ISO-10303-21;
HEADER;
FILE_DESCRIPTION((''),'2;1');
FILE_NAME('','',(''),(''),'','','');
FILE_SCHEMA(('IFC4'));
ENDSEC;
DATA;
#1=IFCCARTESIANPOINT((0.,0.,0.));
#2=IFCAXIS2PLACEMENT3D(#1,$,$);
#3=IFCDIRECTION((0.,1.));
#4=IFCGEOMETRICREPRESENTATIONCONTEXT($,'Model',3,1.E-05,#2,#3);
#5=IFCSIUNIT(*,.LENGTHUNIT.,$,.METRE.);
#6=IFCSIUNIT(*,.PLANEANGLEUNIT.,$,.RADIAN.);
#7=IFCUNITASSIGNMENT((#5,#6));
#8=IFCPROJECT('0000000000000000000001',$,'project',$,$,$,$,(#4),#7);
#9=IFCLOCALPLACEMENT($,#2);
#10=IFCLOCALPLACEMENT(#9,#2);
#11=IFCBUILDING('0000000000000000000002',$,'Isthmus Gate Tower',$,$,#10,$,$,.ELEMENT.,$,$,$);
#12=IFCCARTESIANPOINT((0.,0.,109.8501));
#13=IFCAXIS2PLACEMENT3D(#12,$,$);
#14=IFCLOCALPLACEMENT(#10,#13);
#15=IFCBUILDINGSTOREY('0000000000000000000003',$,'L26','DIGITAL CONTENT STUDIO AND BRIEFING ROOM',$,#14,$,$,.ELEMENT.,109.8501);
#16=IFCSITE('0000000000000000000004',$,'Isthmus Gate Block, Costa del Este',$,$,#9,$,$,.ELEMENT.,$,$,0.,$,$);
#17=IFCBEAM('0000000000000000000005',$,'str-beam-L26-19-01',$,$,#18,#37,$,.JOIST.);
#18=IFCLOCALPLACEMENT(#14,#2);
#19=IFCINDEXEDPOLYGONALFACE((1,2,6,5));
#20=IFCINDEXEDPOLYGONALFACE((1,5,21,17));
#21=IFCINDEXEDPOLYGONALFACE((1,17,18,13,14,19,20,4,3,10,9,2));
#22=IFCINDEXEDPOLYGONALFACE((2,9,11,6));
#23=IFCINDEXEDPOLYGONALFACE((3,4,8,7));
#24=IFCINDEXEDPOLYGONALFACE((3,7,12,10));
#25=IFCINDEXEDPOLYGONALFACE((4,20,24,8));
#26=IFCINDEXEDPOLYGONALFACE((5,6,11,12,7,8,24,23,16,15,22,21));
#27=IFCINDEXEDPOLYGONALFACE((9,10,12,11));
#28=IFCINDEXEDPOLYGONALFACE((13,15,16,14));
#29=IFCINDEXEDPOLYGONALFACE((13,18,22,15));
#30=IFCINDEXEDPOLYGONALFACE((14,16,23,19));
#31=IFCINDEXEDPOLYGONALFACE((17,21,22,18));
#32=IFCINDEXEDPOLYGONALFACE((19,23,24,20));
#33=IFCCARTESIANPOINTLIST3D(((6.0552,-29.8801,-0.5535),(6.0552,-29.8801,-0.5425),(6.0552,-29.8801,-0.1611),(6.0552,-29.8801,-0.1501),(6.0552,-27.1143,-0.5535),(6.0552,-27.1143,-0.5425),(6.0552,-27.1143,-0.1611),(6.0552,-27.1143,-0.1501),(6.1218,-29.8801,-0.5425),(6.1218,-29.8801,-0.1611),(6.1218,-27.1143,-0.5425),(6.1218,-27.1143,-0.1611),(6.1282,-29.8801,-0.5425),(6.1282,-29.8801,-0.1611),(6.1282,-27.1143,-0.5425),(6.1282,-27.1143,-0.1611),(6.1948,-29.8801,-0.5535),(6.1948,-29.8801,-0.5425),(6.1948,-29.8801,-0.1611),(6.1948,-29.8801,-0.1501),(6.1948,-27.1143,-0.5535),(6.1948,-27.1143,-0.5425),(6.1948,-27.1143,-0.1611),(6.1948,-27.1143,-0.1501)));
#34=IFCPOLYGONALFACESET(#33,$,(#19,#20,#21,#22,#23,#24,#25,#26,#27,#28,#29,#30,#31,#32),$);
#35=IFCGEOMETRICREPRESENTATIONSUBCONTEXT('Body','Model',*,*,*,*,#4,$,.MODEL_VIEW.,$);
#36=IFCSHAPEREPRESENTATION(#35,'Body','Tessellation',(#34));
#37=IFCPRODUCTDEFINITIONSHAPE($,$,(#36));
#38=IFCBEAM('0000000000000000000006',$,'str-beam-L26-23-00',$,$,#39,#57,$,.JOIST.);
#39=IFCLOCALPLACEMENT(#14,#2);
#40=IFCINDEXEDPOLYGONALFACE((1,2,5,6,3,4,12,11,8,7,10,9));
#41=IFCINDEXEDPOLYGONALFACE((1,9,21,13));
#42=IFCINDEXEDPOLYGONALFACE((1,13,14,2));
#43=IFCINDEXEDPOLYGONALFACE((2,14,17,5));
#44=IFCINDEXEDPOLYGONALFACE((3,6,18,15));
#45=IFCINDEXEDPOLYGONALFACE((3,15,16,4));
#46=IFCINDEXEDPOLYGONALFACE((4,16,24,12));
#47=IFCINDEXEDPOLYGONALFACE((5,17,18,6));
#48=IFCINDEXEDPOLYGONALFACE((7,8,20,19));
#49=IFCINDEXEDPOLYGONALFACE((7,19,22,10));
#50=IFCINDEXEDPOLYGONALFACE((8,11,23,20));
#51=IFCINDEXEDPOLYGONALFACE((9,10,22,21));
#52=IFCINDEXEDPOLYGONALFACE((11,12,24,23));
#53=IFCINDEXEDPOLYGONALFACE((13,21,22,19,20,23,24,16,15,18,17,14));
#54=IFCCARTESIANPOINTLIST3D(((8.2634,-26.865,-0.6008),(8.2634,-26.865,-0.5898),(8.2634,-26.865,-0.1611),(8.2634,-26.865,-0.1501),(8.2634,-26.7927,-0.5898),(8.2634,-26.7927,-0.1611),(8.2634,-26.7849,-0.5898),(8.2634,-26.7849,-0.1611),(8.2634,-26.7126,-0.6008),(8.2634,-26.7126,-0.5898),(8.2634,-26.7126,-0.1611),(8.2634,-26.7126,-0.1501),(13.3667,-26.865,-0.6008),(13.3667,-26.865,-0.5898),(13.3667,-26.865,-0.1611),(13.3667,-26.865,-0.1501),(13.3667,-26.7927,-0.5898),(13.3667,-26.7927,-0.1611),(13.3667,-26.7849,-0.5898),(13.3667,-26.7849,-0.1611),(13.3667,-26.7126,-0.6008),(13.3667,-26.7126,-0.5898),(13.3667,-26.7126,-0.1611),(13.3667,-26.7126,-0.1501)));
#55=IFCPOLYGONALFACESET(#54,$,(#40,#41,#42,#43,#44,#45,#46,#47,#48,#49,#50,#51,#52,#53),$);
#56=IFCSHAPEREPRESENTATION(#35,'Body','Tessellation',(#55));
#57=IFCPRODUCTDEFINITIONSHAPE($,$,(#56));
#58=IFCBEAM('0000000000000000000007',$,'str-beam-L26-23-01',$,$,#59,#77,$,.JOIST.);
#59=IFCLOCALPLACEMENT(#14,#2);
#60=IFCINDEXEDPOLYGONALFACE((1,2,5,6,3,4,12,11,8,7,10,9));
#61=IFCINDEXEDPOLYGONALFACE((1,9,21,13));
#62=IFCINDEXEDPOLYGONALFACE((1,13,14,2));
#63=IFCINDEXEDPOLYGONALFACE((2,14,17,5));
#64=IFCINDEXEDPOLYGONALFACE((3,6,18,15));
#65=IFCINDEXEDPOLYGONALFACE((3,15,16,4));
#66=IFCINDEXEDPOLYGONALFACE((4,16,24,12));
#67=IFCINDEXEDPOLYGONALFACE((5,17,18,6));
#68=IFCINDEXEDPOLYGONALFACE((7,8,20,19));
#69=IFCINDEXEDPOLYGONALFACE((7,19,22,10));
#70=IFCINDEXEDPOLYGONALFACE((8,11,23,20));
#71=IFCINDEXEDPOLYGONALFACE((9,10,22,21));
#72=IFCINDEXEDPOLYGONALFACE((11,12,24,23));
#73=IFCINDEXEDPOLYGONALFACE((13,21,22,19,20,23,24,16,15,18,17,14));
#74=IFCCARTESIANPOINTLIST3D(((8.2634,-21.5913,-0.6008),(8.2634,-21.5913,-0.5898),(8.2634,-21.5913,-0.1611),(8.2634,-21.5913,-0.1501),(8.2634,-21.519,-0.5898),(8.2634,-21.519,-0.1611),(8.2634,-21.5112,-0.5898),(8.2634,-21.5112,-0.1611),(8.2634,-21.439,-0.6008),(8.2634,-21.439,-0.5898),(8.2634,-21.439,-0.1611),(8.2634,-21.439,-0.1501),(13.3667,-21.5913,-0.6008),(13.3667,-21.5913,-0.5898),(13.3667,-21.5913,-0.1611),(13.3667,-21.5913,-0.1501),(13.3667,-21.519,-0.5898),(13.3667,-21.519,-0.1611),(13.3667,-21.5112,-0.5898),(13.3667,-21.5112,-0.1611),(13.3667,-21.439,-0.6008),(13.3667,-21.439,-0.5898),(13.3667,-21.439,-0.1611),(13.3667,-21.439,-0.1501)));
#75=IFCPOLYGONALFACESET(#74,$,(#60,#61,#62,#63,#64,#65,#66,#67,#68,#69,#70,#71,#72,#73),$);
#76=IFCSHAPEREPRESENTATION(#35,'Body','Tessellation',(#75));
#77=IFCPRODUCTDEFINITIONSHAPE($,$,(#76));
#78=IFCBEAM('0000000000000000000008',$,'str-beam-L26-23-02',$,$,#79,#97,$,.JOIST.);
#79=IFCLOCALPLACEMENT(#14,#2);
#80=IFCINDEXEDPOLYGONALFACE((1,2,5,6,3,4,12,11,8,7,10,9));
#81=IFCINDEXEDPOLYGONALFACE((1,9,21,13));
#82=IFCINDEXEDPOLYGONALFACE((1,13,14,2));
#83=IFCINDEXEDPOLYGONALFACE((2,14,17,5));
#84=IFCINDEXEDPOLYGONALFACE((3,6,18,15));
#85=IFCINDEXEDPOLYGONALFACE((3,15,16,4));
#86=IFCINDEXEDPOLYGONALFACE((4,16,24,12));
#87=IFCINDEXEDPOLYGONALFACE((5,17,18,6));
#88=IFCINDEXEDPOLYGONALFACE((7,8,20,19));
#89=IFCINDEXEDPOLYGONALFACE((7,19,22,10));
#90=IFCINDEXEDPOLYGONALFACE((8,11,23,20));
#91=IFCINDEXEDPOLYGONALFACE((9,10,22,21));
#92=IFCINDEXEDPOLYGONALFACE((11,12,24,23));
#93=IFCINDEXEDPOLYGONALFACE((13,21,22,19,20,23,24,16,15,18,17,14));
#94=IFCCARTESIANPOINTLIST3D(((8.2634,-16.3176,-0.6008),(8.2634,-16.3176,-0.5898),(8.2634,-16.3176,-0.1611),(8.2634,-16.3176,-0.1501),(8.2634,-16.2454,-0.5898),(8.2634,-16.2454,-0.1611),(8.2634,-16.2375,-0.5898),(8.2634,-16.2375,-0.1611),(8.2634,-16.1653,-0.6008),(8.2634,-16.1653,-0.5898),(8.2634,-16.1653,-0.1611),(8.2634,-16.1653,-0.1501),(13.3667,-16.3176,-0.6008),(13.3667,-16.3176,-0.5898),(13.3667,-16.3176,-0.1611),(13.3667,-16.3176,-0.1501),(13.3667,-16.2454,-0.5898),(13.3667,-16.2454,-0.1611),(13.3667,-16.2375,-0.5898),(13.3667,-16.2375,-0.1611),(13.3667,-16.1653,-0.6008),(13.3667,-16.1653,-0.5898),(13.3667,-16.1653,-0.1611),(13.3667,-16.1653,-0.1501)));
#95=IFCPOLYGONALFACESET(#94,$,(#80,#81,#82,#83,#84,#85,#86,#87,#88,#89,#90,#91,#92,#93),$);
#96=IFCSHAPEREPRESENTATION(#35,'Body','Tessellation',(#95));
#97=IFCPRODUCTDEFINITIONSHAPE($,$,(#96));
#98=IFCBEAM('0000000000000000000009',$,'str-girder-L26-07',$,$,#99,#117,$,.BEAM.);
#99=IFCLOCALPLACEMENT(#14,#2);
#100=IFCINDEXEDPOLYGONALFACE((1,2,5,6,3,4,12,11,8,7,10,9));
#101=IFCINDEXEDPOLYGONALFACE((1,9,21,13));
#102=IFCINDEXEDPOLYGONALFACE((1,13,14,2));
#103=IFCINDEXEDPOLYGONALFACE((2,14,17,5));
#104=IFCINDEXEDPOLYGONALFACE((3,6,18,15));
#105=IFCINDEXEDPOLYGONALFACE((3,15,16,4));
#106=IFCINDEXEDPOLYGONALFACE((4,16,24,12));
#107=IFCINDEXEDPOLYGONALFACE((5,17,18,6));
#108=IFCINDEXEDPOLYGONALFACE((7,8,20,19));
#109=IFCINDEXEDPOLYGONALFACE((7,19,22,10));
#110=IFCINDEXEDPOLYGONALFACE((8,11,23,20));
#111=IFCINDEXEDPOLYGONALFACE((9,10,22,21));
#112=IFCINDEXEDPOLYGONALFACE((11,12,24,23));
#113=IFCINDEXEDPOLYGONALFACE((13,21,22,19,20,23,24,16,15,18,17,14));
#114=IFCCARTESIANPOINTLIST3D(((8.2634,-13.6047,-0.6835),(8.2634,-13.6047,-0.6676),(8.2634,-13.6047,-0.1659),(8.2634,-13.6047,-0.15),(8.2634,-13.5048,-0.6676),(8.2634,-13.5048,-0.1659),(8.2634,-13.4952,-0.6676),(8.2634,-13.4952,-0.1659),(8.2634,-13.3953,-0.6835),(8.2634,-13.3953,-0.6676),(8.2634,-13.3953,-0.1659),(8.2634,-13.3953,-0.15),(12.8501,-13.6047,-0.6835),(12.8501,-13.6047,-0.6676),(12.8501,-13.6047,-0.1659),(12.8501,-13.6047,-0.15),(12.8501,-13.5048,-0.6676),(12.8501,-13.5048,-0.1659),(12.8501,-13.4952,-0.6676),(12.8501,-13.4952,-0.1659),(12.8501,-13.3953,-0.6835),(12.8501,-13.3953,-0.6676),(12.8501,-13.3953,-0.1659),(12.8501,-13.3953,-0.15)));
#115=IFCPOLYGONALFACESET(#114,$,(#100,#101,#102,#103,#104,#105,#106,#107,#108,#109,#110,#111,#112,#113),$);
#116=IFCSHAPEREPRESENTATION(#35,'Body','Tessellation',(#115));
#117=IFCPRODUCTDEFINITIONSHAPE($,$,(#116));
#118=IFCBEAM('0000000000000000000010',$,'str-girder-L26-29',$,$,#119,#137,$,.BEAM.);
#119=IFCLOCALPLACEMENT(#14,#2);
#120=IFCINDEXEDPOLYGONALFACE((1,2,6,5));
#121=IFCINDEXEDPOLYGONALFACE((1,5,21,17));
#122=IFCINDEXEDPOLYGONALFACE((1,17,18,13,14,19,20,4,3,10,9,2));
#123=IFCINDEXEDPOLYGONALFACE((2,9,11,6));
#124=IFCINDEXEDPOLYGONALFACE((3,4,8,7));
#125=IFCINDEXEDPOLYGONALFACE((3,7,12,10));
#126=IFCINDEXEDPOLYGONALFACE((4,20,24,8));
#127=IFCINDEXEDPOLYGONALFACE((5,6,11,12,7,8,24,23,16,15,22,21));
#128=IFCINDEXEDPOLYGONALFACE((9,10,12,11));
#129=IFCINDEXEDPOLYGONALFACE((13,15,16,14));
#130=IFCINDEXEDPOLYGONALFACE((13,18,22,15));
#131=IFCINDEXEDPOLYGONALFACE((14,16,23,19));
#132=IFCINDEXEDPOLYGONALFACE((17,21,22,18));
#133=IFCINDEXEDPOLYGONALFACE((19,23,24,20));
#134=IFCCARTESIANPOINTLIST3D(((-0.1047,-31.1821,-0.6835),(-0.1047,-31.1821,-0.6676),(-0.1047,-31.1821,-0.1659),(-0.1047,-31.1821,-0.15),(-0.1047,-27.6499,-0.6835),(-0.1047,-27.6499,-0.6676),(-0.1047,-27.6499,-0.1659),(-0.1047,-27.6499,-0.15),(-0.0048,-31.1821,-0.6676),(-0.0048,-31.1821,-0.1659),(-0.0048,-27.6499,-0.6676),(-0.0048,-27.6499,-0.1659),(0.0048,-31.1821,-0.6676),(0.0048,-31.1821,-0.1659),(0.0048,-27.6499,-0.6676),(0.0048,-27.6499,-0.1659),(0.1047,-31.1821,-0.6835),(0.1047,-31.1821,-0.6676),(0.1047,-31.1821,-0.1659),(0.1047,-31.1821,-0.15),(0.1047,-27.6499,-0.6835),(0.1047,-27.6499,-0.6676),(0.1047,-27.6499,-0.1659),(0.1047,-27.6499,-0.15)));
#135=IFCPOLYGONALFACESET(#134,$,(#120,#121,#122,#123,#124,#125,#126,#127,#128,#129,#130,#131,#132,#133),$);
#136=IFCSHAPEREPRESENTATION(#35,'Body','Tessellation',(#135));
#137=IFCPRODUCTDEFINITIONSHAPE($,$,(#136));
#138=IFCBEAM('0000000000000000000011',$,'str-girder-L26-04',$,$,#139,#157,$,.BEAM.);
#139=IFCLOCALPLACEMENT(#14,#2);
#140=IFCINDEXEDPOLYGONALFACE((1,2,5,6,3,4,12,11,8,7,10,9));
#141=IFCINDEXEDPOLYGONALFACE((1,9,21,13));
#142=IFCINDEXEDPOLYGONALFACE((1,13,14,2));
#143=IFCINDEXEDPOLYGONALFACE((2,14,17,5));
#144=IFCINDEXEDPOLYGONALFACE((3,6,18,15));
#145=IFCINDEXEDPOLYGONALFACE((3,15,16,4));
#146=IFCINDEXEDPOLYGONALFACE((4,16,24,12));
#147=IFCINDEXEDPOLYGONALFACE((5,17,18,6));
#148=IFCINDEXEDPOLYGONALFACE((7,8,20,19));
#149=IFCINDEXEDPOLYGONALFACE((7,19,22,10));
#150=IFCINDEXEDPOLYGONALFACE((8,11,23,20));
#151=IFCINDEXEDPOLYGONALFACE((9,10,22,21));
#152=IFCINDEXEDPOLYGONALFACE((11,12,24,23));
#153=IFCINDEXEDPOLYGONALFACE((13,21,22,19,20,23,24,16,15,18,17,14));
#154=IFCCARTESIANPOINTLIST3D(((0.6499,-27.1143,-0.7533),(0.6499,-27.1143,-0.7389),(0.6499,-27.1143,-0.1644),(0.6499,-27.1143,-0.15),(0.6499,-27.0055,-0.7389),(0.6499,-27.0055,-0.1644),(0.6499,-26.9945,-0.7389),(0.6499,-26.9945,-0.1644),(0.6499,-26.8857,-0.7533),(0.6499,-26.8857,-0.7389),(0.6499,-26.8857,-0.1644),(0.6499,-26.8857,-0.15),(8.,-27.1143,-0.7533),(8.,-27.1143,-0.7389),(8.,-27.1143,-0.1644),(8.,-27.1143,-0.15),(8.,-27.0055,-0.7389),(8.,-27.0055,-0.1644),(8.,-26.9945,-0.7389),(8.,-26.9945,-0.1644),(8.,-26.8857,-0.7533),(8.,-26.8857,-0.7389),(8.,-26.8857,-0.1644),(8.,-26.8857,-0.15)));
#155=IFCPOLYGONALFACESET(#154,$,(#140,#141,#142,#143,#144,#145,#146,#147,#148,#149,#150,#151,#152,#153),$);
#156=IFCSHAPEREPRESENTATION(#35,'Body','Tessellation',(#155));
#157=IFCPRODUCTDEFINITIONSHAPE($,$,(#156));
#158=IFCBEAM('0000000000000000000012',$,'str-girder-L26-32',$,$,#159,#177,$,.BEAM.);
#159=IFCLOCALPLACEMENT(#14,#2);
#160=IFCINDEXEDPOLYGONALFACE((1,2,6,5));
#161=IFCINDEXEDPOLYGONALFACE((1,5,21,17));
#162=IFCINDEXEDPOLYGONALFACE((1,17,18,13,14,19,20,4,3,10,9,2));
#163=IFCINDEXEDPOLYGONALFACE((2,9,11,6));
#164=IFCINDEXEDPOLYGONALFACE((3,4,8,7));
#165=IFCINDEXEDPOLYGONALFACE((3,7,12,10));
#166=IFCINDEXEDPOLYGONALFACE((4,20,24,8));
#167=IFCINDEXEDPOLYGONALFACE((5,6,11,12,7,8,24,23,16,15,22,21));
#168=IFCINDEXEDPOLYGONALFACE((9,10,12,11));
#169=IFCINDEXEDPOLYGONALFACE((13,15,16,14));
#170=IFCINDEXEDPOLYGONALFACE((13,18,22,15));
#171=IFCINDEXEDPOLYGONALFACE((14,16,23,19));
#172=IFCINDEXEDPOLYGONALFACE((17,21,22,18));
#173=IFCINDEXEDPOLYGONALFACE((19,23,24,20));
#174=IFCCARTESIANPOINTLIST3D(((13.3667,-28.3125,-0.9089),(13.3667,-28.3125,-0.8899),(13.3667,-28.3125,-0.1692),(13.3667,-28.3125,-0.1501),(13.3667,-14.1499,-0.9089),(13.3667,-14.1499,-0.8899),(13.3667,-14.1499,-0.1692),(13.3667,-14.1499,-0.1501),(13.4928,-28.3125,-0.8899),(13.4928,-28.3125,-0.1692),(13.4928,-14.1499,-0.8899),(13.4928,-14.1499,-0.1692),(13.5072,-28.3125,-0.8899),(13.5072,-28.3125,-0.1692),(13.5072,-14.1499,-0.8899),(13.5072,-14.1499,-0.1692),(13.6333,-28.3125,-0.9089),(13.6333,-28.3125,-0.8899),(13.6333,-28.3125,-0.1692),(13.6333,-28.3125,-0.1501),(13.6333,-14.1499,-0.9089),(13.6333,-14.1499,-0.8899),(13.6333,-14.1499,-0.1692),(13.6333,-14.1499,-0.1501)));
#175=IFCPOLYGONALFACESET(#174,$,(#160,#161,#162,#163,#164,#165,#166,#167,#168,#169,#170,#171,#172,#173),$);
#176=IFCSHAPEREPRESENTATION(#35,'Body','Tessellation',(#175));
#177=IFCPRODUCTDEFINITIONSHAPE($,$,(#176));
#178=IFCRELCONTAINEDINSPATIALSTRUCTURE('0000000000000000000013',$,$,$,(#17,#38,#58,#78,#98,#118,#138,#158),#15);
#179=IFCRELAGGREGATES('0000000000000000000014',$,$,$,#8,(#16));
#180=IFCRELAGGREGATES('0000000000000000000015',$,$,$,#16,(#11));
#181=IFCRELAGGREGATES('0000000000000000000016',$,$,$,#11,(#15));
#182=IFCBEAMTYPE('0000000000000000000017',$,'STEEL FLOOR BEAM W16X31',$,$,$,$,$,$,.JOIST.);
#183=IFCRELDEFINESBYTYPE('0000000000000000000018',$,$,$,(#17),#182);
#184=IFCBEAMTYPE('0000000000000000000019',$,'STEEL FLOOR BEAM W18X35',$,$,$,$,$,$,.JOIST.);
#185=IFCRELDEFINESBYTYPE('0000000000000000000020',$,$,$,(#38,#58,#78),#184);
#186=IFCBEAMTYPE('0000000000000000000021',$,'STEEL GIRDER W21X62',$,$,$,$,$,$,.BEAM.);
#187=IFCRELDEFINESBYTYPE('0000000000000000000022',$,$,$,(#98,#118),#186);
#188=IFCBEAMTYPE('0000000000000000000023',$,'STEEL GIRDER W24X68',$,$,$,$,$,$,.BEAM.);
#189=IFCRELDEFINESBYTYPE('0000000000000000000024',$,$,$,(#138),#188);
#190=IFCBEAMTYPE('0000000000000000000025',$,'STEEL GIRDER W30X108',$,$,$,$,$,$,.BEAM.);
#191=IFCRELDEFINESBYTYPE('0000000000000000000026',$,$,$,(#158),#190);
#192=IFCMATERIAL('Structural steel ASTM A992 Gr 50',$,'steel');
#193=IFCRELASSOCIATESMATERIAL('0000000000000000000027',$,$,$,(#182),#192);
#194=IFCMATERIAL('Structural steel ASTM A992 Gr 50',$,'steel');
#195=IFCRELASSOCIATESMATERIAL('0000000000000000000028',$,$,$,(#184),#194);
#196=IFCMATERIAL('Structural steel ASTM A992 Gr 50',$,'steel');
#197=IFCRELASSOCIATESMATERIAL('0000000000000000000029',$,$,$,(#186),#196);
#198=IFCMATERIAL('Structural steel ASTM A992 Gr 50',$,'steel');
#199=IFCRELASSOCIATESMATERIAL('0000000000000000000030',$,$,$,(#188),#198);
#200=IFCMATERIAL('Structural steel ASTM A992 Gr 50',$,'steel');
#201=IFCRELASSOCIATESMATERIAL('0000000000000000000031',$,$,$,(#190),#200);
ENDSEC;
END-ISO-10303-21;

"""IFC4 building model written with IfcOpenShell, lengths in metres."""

from ifc_helpers import new_model, si_unit, direction, frame, origin, origin_2d, place, context, subcontext, project, spatial, i_section, extrude, material, material_profile, profile_set, type_object, element, save


model = new_model("IFC4")

# Units and contexts
model_context = context("Model", 3, precision=1e-05, world=origin(), true_north=direction((0.0, 1.0)))
body_context = subcontext(model_context, "Body", "Model", "MODEL_VIEW")
ifc_project = project(units=[si_unit("LENGTHUNIT", "METRE"), si_unit("PLANEANGLEUNIT", "RADIAN")], contexts=[model_context])

# Site, building, storey
site_placement = place(None, origin())
site = spatial("IfcSite", under=ifc_project, at=site_placement, Name="Isthmus Gate Block, Costa del Este", CompositionType="ELEMENT", RefElevation=0.0)
building_placement = place(site_placement, origin())
building = spatial("IfcBuilding", under=site, at=building_placement, Name="Isthmus Gate Tower", CompositionType="ELEMENT")
storey_placement = place(building_placement, frame((0.0, 0.0, 109.8501)))
storey = spatial("IfcBuildingStorey", under=building, at=storey_placement, Name="L26", Description="DIGITAL CONTENT STUDIO AND BRIEFING ROOM", CompositionType="ELEMENT", Elevation=109.8501)

# Beams
ifc_material_1 = material(Name="Structural steel ASTM A992 Gr 50", Category="steel")
ifc_material_profile_1 = material_profile(ifc_material_1, i_section(OverallWidth=0.1396, OverallDepth=0.4033, WebThickness=0.0063, FlangeThickness=0.011, at=origin_2d()), Name="W16X31")
ifc_profile_set_1 = profile_set([ifc_material_profile_1], Name="Structural steel ASTM A992 Gr 50")
beam_type_1 = type_object("IfcBeamType", Name="STEEL FLOOR BEAM W16X31", PredefinedType="JOIST", material=ifc_profile_set_1)
beam_1_placement = place(storey_placement, frame((6.125, -29.8801, -0.3518), z_axis=(0.0, 1.0, 0.0), x_axis=(-1.0, 0.0, 0.0)))
element("IfcBeam", 1, at=beam_1_placement, inside=storey, type_object=beam_type_1, Name="str-beam-L26-19-01", PredefinedType="JOIST", context=body_context, shape_type="SweptSolid", body=[
    extrude(i_section(OverallWidth=0.1396, OverallDepth=0.4033, WebThickness=0.0063, FlangeThickness=0.011, at=origin_2d()), origin(), (0.0, 0.0, 1.0), 2.7659),
])
ifc_material_2 = material(Name="Structural steel ASTM A992 Gr 50", Category="steel")
ifc_material_profile_2 = material_profile(ifc_material_2, i_section(OverallWidth=0.1523, OverallDepth=0.4507, WebThickness=0.0078, FlangeThickness=0.011, at=origin_2d()), Name="W18X35")
ifc_profile_set_2 = profile_set([ifc_material_profile_2], Name="Structural steel ASTM A992 Gr 50")
beam_type_2 = type_object("IfcBeamType", Name="STEEL FLOOR BEAM W18X35", PredefinedType="JOIST", material=ifc_profile_set_2)
for number, where, z_axis, x_axis, name in (
    (2, (8.2634, -26.7888, -0.3755), (1.0, 0.0, 0.0), (0.0, 1.0, 0.0), "str-beam-L26-23-00"),
    (3, (8.2634, -21.5151, -0.3755), (1.0, 0.0, 0.0), (0.0, 1.0, 0.0), "str-beam-L26-23-01"),
    (4, (8.2634, -16.2415, -0.3755), (1.0, 0.0, 0.0), (0.0, 1.0, 0.0), "str-beam-L26-23-02"),
):
    element("IfcBeam", number, at=place(storey_placement, frame(where, z_axis=z_axis, x_axis=x_axis)), inside=storey, type_object=beam_type_2, Name=name, PredefinedType="JOIST", context=body_context, shape_type="SweptSolid", body=[
        extrude(i_section(OverallWidth=0.1523, OverallDepth=0.4507, WebThickness=0.0078, FlangeThickness=0.011, at=origin_2d()), origin(), (0.0, 0.0, 1.0), 5.1033),
    ])
ifc_material_3 = material(Name="Structural steel ASTM A992 Gr 50", Category="steel")
ifc_material_profile_3 = material_profile(ifc_material_3, i_section(OverallWidth=0.2095, OverallDepth=0.5334, WebThickness=0.0095, FlangeThickness=0.0159, at=origin_2d()), Name="W21X62")
ifc_profile_set_3 = profile_set([ifc_material_profile_3], Name="Structural steel ASTM A992 Gr 50")
beam_type_3 = type_object("IfcBeamType", Name="STEEL GIRDER W21X62", PredefinedType="BEAM", material=ifc_profile_set_3)
beam_2_placement = place(storey_placement, frame((8.2634, -13.5, -0.4167), z_axis=(1.0, 0.0, 0.0), x_axis=(0.0, 1.0, 0.0)))
element("IfcBeam", 5, at=beam_2_placement, inside=storey, type_object=beam_type_3, Name="str-girder-L26-07", PredefinedType="BEAM", context=body_context, shape_type="SweptSolid", body=[
    extrude(i_section(OverallWidth=0.2095, OverallDepth=0.5334, WebThickness=0.0095, FlangeThickness=0.0159, at=origin_2d()), origin(), (0.0, 0.0, 1.0), 4.5867),
])
beam_3_placement = place(storey_placement, frame((0.0, -31.1821, -0.4167), z_axis=(0.0, 1.0, 0.0), x_axis=(-1.0, 0.0, 0.0)))
element("IfcBeam", 6, at=beam_3_placement, inside=storey, type_object=beam_type_3, Name="str-girder-L26-29", PredefinedType="BEAM", context=body_context, shape_type="SweptSolid", body=[
    extrude(i_section(OverallWidth=0.2095, OverallDepth=0.5334, WebThickness=0.0095, FlangeThickness=0.0159, at=origin_2d()), origin(), (0.0, 0.0, 1.0), 3.5322),
])
ifc_material_4 = material(Name="Structural steel ASTM A992 Gr 50", Category="steel")
ifc_material_profile_4 = material_profile(ifc_material_4, i_section(OverallWidth=0.2285, OverallDepth=0.6033, WebThickness=0.011, FlangeThickness=0.0144, at=origin_2d()), Name="W24X68")
ifc_profile_set_4 = profile_set([ifc_material_profile_4], Name="Structural steel ASTM A992 Gr 50")
beam_type_4 = type_object("IfcBeamType", Name="STEEL GIRDER W24X68", PredefinedType="BEAM", material=ifc_profile_set_4)
beam_4_placement = place(storey_placement, frame((0.6499, -27.0, -0.4517), z_axis=(1.0, 0.0, 0.0), x_axis=(0.0, 1.0, 0.0)))
element("IfcBeam", 7, at=beam_4_placement, inside=storey, type_object=beam_type_4, Name="str-girder-L26-04", PredefinedType="BEAM", context=body_context, shape_type="SweptSolid", body=[
    extrude(i_section(OverallWidth=0.2285, OverallDepth=0.6033, WebThickness=0.011, FlangeThickness=0.0144, at=origin_2d()), origin(), (0.0, 0.0, 1.0), 7.3501),
])
ifc_material_5 = material(Name="Structural steel ASTM A992 Gr 50", Category="steel")
ifc_material_profile_5 = material_profile(ifc_material_5, i_section(OverallWidth=0.2666, OverallDepth=0.7588, WebThickness=0.0144, FlangeThickness=0.019, at=origin_2d()), Name="W30X108")
ifc_profile_set_5 = profile_set([ifc_material_profile_5], Name="Structural steel ASTM A992 Gr 50")
beam_type_5 = type_object("IfcBeamType", Name="STEEL GIRDER W30X108", PredefinedType="BEAM", material=ifc_profile_set_5)
beam_5_placement = place(storey_placement, frame((13.5, -28.3125, -0.5295), z_axis=(0.0, 1.0, 0.0), x_axis=(-1.0, 0.0, 0.0)))
element("IfcBeam", 8, at=beam_5_placement, inside=storey, type_object=beam_type_5, Name="str-girder-L26-32", PredefinedType="BEAM", context=body_context, shape_type="SweptSolid", body=[
    extrude(i_section(OverallWidth=0.2666, OverallDepth=0.7588, WebThickness=0.0144, FlangeThickness=0.019, at=origin_2d()), origin(), (0.0, 0.0, 1.0), 14.1626),
])

save(model, "model.ifc")
